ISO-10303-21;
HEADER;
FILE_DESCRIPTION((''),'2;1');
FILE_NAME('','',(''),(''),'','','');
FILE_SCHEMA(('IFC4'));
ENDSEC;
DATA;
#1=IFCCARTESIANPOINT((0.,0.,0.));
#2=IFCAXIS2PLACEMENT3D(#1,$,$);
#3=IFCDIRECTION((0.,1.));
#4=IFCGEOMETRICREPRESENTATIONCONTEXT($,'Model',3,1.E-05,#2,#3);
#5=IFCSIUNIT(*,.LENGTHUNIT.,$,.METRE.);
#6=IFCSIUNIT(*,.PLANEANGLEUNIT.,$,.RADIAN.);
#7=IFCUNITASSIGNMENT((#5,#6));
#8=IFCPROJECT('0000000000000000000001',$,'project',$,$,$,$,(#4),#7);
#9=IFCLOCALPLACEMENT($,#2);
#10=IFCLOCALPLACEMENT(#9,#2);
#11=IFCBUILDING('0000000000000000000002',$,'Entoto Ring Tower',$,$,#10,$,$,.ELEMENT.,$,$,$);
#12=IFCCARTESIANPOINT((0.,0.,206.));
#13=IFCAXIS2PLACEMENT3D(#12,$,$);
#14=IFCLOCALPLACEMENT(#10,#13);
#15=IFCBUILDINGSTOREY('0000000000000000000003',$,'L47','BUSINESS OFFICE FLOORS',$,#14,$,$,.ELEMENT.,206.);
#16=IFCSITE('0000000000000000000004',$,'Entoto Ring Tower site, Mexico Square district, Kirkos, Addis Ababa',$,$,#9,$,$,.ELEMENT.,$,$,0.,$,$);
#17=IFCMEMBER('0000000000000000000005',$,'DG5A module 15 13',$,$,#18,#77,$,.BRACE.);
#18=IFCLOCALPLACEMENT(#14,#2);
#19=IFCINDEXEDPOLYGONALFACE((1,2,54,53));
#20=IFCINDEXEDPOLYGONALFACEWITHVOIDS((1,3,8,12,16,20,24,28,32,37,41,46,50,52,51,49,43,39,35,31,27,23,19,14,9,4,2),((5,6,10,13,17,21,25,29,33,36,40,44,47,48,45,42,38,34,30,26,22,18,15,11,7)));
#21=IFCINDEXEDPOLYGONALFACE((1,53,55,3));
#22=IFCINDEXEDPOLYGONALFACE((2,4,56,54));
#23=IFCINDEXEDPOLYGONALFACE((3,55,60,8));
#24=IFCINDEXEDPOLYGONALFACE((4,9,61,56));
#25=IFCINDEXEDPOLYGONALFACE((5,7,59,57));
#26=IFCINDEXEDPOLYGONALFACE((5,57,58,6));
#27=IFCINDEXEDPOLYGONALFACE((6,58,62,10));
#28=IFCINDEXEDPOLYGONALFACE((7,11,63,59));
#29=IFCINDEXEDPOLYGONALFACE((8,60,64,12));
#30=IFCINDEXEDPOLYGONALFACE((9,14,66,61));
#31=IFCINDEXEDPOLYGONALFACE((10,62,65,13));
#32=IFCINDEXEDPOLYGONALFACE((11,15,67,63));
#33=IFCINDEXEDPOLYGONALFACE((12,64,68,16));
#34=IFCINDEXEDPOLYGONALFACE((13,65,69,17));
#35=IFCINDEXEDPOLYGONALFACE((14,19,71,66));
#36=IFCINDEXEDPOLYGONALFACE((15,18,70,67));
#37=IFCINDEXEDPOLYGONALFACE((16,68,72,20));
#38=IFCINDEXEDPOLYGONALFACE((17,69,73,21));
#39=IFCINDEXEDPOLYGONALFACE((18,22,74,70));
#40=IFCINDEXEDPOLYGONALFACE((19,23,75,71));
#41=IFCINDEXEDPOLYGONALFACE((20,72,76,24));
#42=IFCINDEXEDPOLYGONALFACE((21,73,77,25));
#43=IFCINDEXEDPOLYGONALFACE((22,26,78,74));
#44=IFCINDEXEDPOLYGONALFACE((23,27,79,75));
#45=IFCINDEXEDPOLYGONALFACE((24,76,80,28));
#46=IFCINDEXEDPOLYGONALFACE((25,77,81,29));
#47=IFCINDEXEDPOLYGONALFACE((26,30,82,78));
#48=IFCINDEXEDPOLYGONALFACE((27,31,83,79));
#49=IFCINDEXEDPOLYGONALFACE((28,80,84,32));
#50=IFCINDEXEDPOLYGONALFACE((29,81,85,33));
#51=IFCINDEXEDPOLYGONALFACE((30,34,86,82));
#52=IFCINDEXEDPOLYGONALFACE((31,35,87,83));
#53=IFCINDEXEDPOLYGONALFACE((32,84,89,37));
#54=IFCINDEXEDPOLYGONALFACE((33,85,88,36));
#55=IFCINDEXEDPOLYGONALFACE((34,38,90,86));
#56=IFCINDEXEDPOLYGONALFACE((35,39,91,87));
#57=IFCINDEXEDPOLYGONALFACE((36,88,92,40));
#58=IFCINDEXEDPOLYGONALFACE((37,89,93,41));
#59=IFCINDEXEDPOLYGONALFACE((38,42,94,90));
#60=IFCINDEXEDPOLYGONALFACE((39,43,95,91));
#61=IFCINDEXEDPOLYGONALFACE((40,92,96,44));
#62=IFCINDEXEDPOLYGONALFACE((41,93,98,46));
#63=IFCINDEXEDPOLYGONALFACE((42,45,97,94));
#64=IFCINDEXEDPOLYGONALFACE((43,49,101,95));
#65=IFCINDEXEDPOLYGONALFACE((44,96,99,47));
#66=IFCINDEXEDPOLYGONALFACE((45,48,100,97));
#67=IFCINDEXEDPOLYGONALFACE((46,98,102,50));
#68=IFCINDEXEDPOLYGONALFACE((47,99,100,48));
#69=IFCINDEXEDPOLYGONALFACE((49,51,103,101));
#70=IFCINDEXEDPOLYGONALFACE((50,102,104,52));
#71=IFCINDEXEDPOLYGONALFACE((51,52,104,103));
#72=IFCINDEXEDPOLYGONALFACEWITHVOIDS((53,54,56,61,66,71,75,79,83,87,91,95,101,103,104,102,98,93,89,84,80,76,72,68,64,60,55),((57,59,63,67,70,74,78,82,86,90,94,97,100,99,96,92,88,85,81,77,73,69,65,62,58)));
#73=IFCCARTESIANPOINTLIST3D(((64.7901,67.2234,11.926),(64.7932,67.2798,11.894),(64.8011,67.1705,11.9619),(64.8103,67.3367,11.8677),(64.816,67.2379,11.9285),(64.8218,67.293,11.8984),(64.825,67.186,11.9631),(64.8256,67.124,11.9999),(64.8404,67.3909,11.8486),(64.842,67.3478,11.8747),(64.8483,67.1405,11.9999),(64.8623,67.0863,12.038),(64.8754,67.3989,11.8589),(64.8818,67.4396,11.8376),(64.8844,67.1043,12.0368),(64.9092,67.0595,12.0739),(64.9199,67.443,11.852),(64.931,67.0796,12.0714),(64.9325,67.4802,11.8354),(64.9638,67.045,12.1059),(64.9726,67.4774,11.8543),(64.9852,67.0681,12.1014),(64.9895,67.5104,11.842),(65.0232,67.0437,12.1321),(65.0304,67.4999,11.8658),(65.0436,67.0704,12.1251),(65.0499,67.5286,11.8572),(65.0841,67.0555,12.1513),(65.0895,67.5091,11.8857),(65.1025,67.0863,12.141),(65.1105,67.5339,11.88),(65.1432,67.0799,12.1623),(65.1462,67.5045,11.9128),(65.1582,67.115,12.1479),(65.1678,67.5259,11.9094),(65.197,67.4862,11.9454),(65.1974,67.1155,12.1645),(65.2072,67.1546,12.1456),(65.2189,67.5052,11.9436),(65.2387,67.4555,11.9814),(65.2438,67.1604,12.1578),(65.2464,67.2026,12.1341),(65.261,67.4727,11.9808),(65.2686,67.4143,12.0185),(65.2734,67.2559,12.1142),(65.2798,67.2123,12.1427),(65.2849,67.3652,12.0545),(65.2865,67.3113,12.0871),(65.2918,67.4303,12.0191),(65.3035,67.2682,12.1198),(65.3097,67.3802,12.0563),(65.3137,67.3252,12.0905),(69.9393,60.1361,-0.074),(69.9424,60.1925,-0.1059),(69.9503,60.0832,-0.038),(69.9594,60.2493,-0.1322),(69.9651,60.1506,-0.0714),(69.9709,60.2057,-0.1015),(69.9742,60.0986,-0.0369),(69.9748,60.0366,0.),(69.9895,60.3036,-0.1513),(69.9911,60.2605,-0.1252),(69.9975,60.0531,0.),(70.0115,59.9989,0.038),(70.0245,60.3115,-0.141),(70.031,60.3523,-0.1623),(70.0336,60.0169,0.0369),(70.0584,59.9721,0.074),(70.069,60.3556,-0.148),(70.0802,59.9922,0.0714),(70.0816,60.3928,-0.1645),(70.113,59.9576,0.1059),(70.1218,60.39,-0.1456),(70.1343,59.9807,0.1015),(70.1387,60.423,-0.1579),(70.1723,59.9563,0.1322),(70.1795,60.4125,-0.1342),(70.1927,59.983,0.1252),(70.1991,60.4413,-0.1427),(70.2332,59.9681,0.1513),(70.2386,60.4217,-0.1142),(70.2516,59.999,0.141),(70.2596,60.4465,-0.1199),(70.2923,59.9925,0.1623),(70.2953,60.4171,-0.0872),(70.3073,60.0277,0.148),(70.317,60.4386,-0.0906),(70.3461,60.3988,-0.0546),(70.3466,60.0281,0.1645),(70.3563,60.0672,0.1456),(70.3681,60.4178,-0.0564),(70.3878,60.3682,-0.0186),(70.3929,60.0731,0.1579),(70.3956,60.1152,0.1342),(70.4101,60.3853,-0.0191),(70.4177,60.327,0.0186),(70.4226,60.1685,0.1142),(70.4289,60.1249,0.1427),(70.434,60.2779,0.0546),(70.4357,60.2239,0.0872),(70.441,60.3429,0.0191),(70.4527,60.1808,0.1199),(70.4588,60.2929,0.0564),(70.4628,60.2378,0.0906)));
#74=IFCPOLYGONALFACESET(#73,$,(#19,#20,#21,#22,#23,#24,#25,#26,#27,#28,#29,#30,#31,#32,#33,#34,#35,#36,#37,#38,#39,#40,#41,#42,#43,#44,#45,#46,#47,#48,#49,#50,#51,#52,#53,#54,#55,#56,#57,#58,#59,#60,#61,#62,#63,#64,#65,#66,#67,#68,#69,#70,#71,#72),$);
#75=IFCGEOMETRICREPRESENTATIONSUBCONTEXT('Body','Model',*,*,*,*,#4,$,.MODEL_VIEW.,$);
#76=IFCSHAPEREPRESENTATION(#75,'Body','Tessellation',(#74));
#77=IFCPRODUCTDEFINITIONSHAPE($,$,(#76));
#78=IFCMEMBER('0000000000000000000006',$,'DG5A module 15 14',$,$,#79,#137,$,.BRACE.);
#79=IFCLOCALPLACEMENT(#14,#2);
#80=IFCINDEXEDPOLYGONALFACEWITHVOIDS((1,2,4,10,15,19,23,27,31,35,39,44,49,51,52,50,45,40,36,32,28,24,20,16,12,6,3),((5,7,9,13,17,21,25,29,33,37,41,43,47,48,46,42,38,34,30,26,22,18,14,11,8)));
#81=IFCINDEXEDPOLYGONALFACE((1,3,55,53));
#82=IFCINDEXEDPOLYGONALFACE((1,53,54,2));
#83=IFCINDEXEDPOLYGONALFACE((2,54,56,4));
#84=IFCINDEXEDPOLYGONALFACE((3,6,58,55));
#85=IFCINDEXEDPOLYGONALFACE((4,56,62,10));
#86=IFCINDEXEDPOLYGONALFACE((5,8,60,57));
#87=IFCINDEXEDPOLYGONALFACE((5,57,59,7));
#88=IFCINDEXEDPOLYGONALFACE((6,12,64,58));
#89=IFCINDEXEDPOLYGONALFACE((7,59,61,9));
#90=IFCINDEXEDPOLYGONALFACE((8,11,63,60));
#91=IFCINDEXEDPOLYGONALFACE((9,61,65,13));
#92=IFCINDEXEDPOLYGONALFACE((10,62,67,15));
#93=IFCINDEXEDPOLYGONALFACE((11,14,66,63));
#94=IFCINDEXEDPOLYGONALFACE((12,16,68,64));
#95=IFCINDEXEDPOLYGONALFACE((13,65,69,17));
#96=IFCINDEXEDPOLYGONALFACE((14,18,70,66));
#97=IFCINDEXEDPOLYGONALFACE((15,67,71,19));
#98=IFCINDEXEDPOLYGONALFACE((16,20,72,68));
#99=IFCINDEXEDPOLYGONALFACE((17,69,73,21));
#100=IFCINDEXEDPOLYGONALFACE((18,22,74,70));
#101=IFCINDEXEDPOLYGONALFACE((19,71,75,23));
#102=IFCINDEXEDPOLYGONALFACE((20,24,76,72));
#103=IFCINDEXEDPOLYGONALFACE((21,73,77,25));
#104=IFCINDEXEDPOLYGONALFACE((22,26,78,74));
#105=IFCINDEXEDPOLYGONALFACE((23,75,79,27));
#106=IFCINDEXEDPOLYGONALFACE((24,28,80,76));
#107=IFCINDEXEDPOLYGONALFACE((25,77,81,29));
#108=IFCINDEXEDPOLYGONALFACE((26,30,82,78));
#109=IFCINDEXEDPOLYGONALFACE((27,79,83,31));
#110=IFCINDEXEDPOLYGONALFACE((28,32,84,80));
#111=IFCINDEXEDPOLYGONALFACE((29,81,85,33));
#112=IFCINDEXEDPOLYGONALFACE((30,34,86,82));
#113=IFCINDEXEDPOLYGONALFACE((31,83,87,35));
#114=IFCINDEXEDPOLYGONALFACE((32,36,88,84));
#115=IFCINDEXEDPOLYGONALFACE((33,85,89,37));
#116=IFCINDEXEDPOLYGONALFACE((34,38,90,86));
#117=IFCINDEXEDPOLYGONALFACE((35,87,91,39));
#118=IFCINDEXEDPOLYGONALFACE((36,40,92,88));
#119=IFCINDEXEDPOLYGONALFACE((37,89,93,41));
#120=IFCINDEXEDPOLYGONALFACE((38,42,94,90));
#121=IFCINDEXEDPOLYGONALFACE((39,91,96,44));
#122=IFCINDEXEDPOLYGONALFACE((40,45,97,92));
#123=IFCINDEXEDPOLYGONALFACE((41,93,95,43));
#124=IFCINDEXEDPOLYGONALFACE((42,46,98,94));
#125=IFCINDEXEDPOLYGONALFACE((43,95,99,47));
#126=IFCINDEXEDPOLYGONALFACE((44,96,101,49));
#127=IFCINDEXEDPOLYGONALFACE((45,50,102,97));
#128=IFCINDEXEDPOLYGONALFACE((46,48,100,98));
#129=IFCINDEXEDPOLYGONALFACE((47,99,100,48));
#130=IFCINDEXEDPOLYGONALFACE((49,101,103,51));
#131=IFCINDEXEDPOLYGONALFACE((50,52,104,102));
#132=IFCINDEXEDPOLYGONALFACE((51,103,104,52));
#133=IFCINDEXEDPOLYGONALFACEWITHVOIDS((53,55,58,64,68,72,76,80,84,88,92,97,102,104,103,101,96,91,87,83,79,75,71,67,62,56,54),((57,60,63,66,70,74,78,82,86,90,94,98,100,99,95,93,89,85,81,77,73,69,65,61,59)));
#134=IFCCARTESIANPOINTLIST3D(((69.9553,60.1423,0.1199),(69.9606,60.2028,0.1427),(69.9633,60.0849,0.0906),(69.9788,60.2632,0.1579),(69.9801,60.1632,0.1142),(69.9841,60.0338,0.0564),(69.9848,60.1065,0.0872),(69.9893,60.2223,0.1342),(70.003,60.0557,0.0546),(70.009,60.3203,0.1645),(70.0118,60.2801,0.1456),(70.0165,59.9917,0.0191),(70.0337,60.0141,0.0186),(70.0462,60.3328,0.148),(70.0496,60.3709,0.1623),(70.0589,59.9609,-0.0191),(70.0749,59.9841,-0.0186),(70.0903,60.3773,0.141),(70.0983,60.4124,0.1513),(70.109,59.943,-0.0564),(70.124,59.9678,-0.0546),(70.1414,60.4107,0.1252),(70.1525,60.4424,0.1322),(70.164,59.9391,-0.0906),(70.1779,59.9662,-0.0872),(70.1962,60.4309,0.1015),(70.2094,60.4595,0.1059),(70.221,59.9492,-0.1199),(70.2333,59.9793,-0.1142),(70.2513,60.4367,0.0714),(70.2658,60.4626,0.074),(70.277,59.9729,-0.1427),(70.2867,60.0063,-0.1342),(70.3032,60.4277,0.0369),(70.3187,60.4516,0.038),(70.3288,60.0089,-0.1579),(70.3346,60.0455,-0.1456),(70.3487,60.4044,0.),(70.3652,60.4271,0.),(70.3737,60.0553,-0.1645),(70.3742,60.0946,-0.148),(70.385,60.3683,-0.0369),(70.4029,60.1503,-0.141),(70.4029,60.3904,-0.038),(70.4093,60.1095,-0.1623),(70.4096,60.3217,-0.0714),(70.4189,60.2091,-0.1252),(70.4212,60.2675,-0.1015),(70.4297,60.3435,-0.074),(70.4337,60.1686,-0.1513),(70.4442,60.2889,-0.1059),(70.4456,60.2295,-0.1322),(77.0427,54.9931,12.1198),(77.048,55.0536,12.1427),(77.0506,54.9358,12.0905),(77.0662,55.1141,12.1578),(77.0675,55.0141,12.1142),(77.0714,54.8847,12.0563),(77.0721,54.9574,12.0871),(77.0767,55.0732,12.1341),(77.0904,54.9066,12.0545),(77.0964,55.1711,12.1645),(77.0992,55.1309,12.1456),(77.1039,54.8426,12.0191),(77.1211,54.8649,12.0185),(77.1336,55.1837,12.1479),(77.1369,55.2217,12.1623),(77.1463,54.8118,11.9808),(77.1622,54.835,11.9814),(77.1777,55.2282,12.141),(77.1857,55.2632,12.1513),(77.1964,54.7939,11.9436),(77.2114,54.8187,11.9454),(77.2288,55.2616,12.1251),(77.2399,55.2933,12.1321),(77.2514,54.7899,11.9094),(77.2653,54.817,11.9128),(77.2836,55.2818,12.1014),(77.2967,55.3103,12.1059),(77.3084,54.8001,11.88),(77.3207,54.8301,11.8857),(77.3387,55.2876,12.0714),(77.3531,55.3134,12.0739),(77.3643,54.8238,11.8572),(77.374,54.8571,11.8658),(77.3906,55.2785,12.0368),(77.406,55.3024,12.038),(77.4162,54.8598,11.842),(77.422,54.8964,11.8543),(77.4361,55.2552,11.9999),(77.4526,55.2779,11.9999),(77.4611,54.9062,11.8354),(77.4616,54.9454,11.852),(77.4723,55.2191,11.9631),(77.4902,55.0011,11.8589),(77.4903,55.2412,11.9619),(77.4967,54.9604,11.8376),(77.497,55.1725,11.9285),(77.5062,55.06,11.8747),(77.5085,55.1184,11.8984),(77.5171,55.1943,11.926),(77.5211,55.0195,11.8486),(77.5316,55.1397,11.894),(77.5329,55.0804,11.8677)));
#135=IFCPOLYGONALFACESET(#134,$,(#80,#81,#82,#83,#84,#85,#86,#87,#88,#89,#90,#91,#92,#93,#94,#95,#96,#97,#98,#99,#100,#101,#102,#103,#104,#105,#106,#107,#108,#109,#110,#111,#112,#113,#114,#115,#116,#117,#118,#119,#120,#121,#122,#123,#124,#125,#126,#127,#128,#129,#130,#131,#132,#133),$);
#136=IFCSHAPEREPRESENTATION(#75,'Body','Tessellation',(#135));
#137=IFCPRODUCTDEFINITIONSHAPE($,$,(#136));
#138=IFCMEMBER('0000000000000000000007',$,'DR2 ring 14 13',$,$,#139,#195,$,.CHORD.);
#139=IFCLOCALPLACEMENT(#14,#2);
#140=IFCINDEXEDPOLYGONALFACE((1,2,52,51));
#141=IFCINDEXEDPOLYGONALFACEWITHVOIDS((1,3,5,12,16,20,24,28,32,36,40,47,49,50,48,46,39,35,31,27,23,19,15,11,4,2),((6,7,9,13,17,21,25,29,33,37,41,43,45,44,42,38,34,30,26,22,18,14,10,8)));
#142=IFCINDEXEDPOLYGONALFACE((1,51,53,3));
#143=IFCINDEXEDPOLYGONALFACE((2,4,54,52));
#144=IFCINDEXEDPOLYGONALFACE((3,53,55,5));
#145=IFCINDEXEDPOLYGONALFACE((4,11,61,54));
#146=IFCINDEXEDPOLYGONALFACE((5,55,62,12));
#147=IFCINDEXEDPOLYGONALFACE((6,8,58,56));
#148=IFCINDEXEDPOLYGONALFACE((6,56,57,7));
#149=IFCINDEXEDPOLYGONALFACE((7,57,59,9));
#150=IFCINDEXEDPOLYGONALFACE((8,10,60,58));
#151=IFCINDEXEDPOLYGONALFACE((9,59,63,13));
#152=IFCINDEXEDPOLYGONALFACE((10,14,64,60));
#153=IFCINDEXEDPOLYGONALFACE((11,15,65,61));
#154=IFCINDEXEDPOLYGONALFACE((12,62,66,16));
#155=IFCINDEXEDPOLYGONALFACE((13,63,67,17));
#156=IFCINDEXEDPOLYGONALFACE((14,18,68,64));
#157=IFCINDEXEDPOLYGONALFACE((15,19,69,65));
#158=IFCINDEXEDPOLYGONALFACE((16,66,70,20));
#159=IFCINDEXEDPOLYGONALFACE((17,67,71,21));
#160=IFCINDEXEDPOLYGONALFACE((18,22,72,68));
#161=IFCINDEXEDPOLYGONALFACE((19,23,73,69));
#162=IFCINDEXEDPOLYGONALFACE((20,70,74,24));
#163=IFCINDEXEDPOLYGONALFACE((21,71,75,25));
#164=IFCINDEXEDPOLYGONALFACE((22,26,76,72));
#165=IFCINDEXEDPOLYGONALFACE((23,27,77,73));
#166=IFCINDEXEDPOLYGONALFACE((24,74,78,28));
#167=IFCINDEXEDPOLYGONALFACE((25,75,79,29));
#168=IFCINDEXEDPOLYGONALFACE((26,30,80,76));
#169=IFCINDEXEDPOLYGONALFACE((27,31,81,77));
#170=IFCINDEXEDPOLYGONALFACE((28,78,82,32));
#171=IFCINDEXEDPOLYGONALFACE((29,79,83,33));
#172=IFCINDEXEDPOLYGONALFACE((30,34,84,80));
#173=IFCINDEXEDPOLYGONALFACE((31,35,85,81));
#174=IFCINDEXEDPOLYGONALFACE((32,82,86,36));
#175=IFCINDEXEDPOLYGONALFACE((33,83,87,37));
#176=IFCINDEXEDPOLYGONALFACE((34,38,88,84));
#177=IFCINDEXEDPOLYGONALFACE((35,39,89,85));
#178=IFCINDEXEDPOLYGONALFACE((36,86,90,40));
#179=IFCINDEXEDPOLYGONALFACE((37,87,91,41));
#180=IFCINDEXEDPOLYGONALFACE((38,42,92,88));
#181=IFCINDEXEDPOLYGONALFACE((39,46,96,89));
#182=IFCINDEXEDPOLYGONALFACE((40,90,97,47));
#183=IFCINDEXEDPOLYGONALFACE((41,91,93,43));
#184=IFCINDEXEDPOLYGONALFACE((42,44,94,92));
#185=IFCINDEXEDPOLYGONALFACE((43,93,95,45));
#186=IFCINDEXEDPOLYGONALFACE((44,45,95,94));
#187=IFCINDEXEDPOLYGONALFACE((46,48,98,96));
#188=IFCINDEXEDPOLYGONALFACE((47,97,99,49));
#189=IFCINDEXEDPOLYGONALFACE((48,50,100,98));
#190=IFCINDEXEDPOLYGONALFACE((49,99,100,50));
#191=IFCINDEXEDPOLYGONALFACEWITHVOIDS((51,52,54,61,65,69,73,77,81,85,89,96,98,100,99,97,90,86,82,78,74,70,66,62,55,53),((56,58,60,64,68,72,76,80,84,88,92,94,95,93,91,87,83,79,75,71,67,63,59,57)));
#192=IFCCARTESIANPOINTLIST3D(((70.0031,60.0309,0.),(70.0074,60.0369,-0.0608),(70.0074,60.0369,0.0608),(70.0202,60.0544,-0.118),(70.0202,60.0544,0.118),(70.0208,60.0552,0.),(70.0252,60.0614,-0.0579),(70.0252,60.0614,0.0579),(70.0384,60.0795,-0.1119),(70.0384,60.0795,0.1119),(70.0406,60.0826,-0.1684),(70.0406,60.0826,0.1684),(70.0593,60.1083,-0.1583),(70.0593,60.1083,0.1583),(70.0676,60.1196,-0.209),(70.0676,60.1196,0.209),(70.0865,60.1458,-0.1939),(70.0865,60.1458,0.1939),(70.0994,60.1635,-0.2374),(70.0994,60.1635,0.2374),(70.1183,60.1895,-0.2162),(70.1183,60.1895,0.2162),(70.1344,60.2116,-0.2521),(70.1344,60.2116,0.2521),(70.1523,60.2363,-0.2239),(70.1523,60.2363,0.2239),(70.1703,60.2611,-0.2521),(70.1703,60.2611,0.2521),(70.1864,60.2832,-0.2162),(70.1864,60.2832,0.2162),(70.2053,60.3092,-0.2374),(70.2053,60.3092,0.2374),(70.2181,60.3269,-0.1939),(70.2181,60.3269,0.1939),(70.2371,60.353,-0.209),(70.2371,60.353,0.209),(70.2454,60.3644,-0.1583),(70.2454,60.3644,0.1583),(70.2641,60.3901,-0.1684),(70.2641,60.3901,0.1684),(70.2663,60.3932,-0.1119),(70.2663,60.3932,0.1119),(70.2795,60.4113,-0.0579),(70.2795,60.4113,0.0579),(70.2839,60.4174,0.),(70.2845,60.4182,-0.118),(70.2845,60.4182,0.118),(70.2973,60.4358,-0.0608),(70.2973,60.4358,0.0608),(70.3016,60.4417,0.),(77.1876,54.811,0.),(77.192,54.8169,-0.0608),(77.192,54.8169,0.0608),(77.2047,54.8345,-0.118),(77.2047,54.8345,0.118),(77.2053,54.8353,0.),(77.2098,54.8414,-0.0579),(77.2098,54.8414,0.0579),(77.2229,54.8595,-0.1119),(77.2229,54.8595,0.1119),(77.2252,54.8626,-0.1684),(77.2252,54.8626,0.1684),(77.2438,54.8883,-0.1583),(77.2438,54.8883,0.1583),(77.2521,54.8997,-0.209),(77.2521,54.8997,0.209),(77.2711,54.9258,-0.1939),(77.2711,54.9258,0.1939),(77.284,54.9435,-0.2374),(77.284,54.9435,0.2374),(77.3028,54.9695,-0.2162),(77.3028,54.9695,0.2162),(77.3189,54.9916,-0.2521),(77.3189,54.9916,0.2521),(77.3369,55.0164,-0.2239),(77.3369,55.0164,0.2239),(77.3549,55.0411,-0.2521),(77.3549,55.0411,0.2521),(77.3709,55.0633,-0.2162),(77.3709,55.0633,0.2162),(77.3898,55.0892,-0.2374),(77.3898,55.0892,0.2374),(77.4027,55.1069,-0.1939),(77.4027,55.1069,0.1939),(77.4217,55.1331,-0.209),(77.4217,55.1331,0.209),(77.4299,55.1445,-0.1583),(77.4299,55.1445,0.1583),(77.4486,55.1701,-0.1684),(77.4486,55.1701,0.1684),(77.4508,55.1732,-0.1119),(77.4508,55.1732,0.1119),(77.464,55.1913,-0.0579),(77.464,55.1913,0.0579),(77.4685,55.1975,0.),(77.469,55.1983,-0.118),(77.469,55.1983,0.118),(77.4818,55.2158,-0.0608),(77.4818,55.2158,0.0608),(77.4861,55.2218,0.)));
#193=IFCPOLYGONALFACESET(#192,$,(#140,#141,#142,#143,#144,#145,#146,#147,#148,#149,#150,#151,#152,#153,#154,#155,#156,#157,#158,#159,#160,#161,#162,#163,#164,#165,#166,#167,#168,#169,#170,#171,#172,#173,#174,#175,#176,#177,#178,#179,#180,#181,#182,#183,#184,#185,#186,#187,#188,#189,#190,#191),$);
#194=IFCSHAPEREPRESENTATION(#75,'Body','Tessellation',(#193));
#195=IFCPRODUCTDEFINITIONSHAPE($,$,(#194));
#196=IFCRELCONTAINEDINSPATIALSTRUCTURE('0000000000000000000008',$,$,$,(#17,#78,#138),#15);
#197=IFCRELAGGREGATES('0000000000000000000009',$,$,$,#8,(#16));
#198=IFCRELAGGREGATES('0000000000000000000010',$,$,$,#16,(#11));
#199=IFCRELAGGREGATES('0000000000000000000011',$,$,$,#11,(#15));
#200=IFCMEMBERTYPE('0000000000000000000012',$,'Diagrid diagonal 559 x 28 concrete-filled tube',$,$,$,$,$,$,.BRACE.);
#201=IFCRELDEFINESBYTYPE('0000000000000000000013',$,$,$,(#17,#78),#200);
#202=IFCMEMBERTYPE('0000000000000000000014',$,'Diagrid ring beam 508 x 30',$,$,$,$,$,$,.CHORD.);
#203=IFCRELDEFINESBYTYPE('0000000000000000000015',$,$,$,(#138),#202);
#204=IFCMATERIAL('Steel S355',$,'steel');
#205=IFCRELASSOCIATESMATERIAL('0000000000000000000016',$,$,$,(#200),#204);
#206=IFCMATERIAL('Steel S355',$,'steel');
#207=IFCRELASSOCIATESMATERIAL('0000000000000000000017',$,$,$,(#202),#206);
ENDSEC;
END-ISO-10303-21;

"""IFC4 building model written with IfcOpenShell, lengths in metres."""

from ifc_helpers import new_model, si_unit, direction, frame, origin, origin_2d, place, context, subcontext, project, spatial, circle, hollow_circle, extrude, material, material_profile, profile_set, type_object, element, save


model = new_model("IFC4")

# Units and contexts
model_context = context("Model", 3, precision=1e-05, world=origin(), true_north=direction((0.0, 1.0)))
body_context = subcontext(model_context, "Body", "Model", "MODEL_VIEW")
ifc_project = project(units=[si_unit("LENGTHUNIT", "METRE"), si_unit("PLANEANGLEUNIT", "RADIAN")], contexts=[model_context])

# Site, building, storey
site_placement = place(None, origin())
site = spatial("IfcSite", under=ifc_project, at=site_placement, Name="Entoto Ring Tower site, Mexico Square district, Kirkos, Addis Ababa", CompositionType="ELEMENT", RefElevation=0.0)
building_placement = place(site_placement, origin())
building = spatial("IfcBuilding", under=site, at=building_placement, Name="Entoto Ring Tower", CompositionType="ELEMENT")
storey_placement = place(building_placement, frame((0.0, 0.0, 206.0)))
storey = spatial("IfcBuildingStorey", under=building, at=storey_placement, Name="L47", Description="BUSINESS OFFICE FLOORS", CompositionType="ELEMENT", Elevation=206.0)

# Members
ifc_material_1 = material(Name="Steel S355", Category="steel")
ifc_material_profile_1 = material_profile(ifc_material_1, hollow_circle(Radius=0.2795, WallThickness=0.0281, at=origin_2d()), Name="CHS 559 x 28")
ifc_material_2 = material(Name="Concrete C60/75", Category="concrete")
ifc_material_profile_2 = material_profile(ifc_material_2, circle(Radius=0.2515, at=origin_2d()), Name="Concrete C60/75 infill")
ifc_profile_set_1 = profile_set([ifc_material_profile_1, ifc_material_profile_2], Name="Steel S355")
member_type_1 = type_object("IfcMemberType", Name="Diagrid diagonal 559 x 28 concrete-filled tube", PredefinedType="BRACE", material=ifc_profile_set_1)
for number, where, z_axis, x_axis, name in (
    (1, (70.2009, 60.2009, 0.0), (-0.34657, 0.477025, 0.807673), (-0.809024, -0.587776, 0.0), "DG5A module 15 13"),
    (2, (70.2009, 60.2009, 0.0), (0.477025, -0.34657, 0.807673), (0.587776, 0.809024, 0.0), "DG5A module 15 14"),
):
    element("IfcMember", number, at=place(storey_placement, frame(where, z_axis=z_axis, x_axis=x_axis)), inside=storey, type_object=member_type_1, Name=name, PredefinedType="BRACE", context=body_context, shape_type="SweptSolid", body=[
        extrude(hollow_circle(Radius=0.2795, WallThickness=0.0281, at=origin_2d()), origin(), (0.0, 0.0, 1.0), 14.8574),
    ])
ifc_material_3 = material(Name="Steel S355", Category="steel")
ifc_material_profile_3 = material_profile(ifc_material_3, hollow_circle(Radius=0.2539, WallThickness=0.03, at=origin_2d()), Name="CHS 508 x 30")
ifc_material_4 = material(Name="Concrete C60/75", Category="concrete")
ifc_material_profile_4 = material_profile(ifc_material_4, circle(Radius=0.2241, at=origin_2d()), Name="Concrete C60/75 infill")
ifc_profile_set_2 = profile_set([ifc_material_profile_3, ifc_material_profile_4], Name="Steel S355")
member_type_2 = type_object("IfcMemberType", Name="Diagrid ring beam 508 x 30", PredefinedType="CHORD", material=ifc_profile_set_2)
for number, where, z_axis, x_axis, name in (
    (3, (70.1523, 60.2363, 0.0), (0.809013, -0.587791, 0.0), (0.587791, 0.809013, 0.0), "DR2 ring 14 13"),
):
    element("IfcMember", number, at=place(storey_placement, frame(where, z_axis=z_axis, x_axis=x_axis)), inside=storey, type_object=member_type_2, Name=name, PredefinedType="CHORD", context=body_context, shape_type="SweptSolid", body=[
        extrude(hollow_circle(Radius=0.2539, WallThickness=0.03, at=origin_2d()), origin(), (0.0, 0.0, 1.0), 8.8806),
    ])

save(model, "model.ifc")
